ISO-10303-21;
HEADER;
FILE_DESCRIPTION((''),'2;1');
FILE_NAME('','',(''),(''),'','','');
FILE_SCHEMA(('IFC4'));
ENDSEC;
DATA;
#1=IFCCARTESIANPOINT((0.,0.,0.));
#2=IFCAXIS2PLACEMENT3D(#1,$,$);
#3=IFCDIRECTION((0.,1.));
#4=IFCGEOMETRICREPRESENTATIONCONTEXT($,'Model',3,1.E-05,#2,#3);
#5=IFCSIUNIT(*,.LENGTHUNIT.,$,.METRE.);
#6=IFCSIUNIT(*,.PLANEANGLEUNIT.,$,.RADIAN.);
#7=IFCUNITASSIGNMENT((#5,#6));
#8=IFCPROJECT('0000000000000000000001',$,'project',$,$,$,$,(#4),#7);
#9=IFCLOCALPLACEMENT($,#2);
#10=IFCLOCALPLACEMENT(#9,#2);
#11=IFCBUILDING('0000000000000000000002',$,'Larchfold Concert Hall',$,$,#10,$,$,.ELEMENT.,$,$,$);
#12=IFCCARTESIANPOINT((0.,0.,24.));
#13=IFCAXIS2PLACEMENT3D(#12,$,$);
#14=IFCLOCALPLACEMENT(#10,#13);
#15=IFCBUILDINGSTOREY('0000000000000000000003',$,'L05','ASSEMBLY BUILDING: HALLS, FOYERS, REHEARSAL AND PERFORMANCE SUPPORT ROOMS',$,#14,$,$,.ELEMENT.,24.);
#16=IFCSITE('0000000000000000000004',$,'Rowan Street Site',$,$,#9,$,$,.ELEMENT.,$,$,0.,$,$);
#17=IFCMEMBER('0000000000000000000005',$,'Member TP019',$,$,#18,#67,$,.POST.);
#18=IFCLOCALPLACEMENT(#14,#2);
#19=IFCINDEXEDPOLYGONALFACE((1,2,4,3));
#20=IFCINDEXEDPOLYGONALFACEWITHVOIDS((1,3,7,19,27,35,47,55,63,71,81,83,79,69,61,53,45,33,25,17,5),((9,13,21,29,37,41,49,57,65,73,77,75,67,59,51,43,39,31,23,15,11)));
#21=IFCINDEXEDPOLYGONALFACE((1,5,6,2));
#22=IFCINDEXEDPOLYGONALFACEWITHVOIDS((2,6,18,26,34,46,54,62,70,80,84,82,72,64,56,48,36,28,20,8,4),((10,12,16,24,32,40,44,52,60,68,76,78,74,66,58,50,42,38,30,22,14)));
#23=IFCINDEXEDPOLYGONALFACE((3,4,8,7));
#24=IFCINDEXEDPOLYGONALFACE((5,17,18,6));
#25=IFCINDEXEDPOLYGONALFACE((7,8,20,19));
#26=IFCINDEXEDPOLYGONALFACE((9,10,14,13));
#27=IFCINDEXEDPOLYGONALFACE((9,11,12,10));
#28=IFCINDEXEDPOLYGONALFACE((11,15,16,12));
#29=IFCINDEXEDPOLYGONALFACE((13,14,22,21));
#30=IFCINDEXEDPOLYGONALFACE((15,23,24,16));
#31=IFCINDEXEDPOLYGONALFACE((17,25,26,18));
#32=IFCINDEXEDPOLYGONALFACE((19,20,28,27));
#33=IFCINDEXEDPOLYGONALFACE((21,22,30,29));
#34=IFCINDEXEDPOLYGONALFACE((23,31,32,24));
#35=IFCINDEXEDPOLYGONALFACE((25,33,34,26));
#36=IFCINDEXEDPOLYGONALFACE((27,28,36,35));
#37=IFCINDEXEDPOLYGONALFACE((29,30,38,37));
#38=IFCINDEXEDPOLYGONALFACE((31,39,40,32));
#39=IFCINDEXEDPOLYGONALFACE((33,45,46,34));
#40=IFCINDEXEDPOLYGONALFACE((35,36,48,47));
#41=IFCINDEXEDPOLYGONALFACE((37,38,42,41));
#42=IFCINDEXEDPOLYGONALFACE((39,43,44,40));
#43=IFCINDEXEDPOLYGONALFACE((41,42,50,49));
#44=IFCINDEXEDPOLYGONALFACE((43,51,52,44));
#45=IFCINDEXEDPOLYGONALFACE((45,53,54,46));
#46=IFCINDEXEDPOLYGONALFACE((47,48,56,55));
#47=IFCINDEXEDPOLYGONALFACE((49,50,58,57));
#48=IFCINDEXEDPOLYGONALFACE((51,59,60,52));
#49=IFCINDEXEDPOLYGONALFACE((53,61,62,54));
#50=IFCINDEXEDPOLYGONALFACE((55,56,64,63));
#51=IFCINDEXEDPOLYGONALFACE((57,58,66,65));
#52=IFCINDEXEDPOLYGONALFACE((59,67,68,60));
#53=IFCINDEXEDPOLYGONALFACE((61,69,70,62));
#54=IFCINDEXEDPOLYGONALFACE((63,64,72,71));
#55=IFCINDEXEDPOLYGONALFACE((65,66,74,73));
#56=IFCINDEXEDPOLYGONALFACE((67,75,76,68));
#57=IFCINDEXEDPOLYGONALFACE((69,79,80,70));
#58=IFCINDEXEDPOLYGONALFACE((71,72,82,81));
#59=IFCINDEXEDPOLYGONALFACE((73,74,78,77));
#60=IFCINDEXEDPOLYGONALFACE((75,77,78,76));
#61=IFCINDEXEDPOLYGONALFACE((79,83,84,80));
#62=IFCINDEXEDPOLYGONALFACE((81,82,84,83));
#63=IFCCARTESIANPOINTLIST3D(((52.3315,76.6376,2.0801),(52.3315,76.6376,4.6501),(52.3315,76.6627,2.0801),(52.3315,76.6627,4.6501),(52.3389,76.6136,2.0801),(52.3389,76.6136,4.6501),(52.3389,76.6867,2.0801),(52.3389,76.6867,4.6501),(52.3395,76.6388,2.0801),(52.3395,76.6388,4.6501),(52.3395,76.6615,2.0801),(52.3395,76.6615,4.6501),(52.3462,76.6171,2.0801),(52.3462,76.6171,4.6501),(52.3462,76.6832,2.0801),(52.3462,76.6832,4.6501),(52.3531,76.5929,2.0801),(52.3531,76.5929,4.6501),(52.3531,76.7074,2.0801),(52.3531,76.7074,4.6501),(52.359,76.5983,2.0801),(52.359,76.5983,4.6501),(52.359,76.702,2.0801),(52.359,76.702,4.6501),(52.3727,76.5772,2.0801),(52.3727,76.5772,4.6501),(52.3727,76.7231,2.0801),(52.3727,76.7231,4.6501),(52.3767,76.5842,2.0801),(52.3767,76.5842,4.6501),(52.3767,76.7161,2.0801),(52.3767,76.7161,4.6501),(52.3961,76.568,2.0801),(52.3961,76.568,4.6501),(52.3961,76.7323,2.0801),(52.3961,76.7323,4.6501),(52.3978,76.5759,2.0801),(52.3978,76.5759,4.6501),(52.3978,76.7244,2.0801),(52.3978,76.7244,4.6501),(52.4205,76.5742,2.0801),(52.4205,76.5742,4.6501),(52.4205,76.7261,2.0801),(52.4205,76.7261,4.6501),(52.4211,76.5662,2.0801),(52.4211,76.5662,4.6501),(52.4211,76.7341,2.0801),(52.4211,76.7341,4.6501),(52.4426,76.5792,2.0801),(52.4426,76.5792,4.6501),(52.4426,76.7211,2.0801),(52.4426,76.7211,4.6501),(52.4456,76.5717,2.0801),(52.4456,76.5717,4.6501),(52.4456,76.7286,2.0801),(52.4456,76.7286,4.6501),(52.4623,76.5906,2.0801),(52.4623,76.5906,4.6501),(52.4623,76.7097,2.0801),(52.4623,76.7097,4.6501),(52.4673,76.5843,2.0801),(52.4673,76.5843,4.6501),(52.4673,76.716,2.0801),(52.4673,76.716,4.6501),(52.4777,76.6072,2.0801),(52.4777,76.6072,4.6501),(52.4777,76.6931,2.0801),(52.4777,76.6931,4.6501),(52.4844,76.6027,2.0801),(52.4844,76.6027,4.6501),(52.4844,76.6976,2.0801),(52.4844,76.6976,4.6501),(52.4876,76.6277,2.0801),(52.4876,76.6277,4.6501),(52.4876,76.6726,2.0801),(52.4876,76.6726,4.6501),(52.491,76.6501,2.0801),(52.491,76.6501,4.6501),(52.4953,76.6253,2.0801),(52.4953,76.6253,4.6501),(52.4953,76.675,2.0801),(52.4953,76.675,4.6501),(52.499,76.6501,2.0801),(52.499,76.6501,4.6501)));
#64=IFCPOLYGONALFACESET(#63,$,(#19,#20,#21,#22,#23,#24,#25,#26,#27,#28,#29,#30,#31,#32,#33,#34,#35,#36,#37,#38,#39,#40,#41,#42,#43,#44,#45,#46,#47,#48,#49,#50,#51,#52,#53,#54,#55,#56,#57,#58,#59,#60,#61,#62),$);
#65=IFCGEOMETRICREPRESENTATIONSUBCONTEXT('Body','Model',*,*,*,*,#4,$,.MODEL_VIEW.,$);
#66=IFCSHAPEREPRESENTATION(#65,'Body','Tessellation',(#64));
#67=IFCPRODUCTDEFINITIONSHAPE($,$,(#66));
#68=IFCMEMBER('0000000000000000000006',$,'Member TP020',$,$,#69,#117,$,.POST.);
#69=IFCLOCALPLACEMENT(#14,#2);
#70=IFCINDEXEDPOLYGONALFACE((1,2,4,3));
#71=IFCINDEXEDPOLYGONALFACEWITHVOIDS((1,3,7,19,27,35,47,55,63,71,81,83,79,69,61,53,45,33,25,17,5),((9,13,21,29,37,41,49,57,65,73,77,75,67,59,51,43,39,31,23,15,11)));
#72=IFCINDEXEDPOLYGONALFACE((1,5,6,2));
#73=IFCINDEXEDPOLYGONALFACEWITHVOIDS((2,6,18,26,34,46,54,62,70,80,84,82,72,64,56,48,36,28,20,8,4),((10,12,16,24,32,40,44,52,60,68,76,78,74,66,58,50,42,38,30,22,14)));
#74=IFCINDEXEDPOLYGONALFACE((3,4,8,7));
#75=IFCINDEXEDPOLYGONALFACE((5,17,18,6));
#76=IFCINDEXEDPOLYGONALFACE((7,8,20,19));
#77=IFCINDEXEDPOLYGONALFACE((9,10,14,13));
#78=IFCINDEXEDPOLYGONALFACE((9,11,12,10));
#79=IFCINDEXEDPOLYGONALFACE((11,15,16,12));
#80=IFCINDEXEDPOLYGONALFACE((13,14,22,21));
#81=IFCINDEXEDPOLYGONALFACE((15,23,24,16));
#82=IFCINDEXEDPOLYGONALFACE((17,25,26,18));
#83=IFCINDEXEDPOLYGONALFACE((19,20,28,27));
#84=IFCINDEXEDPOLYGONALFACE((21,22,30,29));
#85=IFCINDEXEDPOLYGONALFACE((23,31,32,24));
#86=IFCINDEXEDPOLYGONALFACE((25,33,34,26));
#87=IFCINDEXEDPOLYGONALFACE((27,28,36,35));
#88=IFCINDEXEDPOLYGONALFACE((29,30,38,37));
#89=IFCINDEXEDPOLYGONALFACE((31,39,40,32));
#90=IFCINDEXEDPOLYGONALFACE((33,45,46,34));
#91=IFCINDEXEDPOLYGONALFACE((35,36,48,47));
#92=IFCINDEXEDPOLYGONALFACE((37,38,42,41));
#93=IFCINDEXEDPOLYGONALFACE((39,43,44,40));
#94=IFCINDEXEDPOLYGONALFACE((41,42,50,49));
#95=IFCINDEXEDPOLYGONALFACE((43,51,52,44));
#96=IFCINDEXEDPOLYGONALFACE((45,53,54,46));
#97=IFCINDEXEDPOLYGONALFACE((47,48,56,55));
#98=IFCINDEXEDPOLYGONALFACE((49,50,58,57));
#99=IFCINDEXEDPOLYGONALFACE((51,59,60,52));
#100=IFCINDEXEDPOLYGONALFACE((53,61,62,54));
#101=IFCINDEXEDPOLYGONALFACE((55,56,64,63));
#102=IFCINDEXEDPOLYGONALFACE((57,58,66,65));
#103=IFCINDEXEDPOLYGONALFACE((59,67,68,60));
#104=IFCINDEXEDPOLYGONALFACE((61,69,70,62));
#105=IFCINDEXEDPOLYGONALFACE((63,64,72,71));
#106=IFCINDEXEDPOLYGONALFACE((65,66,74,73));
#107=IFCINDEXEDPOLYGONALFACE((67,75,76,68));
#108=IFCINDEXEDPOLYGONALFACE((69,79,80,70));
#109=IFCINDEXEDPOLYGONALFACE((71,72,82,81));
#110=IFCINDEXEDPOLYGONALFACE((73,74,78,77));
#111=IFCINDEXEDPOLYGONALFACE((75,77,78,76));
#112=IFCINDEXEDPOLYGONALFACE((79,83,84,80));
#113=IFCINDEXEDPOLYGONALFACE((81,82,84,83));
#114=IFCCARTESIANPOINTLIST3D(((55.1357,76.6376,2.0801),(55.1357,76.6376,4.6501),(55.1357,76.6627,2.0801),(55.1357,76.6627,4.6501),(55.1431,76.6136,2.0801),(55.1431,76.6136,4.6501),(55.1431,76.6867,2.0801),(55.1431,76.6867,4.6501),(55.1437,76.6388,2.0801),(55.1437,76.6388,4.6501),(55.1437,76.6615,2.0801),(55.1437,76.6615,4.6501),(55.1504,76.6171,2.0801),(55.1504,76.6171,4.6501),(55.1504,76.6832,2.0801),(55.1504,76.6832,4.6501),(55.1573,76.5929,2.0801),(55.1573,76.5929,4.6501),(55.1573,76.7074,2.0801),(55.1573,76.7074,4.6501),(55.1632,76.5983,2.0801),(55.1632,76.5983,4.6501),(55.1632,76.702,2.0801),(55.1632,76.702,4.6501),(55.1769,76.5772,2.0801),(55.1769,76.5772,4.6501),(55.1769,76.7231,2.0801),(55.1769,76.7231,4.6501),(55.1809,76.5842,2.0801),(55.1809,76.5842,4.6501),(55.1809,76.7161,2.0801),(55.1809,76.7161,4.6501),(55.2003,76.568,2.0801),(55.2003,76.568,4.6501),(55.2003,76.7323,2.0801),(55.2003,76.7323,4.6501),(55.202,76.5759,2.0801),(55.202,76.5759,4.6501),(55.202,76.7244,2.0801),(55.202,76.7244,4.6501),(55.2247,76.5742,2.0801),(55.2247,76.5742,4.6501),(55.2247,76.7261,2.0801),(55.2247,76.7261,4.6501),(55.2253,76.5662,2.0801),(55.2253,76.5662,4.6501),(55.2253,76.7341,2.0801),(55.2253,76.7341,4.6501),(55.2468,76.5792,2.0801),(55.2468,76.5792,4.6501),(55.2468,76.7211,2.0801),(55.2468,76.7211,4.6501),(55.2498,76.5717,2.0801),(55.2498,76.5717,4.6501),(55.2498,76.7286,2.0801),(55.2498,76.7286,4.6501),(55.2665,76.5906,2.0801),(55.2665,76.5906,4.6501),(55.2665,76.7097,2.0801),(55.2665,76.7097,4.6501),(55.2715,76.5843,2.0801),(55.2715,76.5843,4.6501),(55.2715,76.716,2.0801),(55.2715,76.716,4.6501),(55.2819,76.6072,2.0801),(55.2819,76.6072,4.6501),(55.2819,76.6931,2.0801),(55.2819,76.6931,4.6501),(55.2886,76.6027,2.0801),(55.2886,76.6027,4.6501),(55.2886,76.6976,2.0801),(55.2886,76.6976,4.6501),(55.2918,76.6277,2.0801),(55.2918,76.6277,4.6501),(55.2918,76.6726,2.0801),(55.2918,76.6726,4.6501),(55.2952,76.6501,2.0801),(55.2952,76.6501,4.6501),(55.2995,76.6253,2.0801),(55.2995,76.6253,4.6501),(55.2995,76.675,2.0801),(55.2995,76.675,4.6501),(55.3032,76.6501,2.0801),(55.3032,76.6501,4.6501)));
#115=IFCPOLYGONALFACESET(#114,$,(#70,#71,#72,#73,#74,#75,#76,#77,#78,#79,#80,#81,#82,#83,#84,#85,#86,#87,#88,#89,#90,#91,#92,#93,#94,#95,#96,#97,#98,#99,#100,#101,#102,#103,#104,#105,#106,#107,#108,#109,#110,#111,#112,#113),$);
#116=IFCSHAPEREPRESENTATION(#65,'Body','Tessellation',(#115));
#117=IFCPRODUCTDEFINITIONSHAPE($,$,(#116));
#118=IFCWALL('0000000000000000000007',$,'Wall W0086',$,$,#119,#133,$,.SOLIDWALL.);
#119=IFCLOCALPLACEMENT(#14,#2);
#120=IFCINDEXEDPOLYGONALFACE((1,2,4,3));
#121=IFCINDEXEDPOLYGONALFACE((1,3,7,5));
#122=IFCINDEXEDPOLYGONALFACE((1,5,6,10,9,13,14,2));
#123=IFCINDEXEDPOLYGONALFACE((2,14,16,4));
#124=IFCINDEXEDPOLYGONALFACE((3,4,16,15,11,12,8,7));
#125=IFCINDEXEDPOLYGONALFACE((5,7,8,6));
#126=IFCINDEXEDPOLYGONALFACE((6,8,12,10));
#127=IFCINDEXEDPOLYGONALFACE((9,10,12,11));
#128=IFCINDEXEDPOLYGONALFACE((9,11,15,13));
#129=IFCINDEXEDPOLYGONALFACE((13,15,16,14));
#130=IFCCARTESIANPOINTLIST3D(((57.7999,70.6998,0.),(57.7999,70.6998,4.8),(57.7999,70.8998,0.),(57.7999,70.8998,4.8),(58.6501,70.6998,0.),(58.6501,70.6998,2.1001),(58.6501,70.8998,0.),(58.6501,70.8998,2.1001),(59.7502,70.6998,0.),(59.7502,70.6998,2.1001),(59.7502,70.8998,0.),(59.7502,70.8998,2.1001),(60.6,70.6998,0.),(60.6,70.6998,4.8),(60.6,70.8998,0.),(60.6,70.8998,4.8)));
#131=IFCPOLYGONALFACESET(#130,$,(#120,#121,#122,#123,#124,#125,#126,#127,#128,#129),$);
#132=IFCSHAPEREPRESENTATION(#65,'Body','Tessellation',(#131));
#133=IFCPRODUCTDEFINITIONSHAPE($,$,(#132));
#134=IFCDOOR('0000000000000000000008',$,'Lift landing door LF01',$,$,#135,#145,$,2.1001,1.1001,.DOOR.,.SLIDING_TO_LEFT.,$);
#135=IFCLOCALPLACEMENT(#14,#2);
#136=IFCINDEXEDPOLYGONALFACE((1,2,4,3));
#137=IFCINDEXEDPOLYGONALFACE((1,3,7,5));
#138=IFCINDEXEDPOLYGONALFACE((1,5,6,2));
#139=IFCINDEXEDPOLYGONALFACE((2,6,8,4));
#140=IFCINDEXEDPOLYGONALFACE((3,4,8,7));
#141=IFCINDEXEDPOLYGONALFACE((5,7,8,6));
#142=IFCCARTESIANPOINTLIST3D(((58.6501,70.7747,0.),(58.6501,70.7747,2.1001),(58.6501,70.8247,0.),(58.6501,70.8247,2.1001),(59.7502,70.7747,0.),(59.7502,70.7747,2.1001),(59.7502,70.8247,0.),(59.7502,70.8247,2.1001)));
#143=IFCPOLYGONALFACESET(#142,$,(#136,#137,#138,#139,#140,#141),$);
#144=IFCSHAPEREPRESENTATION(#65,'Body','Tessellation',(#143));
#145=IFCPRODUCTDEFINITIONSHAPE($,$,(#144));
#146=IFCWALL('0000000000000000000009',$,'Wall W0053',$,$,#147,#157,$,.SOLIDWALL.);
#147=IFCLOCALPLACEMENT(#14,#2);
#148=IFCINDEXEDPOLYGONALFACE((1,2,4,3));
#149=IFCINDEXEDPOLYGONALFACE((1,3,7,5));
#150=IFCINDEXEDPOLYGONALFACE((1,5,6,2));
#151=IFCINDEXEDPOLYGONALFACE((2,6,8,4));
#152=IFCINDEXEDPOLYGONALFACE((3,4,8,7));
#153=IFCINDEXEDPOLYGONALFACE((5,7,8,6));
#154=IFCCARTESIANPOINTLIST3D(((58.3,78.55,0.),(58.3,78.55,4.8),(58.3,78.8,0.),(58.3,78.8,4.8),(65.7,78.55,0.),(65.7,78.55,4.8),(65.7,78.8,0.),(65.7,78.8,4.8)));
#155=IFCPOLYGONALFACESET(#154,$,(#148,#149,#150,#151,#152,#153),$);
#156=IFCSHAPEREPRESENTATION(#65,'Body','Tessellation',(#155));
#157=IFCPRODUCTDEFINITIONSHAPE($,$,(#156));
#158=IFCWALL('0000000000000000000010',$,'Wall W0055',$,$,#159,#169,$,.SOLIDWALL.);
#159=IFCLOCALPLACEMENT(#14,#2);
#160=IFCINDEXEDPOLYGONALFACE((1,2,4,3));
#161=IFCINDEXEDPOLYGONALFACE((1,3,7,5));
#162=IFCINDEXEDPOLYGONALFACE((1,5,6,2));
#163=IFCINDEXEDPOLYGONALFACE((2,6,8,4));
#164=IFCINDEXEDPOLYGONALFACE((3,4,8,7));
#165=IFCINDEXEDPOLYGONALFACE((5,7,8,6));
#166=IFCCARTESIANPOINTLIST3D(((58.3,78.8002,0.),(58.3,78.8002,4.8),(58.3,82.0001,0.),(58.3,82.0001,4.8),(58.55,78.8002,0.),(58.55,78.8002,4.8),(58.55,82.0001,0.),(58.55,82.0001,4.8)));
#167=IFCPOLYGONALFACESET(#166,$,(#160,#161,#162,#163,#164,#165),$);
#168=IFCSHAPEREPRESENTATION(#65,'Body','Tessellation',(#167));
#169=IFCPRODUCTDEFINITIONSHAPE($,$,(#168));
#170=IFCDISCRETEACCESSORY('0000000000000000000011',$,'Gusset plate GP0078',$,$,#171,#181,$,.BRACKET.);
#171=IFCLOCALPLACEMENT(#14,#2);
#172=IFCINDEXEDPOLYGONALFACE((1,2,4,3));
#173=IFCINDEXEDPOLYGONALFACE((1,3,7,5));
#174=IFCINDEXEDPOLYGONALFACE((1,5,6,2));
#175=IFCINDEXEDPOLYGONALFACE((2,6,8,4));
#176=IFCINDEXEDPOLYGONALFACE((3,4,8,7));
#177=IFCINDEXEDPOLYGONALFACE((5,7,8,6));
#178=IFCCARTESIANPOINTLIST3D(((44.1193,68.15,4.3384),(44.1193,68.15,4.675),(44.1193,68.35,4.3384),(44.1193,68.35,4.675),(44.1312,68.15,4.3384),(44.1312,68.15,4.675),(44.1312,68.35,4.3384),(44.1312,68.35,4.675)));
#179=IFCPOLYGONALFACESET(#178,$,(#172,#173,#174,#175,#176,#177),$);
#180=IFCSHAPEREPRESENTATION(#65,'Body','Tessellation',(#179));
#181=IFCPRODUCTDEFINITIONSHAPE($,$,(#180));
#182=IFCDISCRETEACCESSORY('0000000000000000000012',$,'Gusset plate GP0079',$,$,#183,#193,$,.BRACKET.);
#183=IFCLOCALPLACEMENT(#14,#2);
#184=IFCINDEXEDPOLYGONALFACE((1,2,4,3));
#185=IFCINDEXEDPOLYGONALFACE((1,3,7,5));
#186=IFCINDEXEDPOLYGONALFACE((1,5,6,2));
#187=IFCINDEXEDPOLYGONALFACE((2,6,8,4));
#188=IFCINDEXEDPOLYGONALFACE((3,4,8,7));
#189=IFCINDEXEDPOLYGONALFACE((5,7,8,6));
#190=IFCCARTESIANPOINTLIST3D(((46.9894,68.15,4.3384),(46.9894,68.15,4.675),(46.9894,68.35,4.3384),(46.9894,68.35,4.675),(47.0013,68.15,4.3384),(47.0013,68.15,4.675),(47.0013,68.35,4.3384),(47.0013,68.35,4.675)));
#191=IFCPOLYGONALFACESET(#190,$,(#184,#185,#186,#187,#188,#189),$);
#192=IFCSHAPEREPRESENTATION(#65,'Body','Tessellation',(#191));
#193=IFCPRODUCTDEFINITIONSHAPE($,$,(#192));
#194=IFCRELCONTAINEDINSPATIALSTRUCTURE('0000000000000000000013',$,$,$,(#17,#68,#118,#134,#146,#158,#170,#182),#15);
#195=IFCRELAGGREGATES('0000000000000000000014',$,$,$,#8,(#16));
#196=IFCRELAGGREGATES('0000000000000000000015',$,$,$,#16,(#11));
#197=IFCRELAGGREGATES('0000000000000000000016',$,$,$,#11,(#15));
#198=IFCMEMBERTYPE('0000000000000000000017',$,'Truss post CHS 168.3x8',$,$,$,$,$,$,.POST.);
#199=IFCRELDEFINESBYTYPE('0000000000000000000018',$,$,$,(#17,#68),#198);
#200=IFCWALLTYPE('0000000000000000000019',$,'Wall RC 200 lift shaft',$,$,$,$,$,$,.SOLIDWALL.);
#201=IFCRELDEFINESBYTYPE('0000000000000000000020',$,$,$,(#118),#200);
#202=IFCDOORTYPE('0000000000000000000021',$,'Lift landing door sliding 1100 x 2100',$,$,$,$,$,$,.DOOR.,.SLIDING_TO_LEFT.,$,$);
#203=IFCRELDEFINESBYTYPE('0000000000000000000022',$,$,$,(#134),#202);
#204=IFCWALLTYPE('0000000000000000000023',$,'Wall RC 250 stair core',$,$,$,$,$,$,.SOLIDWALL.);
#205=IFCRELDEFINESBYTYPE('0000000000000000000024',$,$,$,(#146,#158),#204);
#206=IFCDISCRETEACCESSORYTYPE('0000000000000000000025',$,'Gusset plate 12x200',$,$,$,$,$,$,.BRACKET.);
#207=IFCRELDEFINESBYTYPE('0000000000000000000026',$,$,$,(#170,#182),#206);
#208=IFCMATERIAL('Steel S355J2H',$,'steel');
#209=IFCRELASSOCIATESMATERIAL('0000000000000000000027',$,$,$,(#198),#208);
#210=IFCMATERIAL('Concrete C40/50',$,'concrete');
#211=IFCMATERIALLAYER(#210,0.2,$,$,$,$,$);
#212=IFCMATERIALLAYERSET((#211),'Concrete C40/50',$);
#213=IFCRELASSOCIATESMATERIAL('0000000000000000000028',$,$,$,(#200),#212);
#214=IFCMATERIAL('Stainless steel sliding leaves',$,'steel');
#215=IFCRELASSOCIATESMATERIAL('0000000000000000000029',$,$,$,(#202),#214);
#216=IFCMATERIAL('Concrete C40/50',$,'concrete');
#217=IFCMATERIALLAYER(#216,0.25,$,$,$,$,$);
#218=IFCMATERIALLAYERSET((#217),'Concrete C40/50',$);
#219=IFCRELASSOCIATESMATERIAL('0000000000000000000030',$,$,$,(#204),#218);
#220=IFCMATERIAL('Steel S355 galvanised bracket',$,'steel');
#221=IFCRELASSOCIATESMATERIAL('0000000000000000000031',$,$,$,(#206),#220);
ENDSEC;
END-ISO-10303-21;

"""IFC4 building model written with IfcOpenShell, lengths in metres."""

from ifc_helpers import new_model, si_unit, direction, frame, frame_2d, origin, origin_2d, place, context, subcontext, project, spatial, rectangle, hollow_circle, extrude, material, layer, layer_set, material_profile, profile_set, type_object, element, fill, save


model = new_model("IFC4")

# Units and contexts
model_context = context("Model", 3, precision=1e-05, world=origin(), true_north=direction((0.0, 1.0)))
body_context = subcontext(model_context, "Body", "Model", "MODEL_VIEW")
ifc_project = project(units=[si_unit("LENGTHUNIT", "METRE"), si_unit("PLANEANGLEUNIT", "RADIAN")], contexts=[model_context])

# Site, building, storey
site_placement = place(None, origin())
site = spatial("IfcSite", under=ifc_project, at=site_placement, Name="Rowan Street Site", CompositionType="ELEMENT", RefElevation=0.0)
building_placement = place(site_placement, origin())
building = spatial("IfcBuilding", under=site, at=building_placement, Name="Larchfold Concert Hall", CompositionType="ELEMENT")
storey_placement = place(building_placement, frame((0.0, 0.0, 24.0)))
storey = spatial("IfcBuildingStorey", under=building, at=storey_placement, Name="L05", Description="ASSEMBLY BUILDING: HALLS, FOYERS, REHEARSAL AND PERFORMANCE SUPPORT ROOMS", CompositionType="ELEMENT", Elevation=24.0)

# Members
ifc_material_1 = material(Name="Steel S355J2H", Category="steel")
ifc_material_profile_1 = material_profile(ifc_material_1, hollow_circle(Radius=0.0842, WallThickness=0.0081, at=origin_2d()))
ifc_profile_set_1 = profile_set([ifc_material_profile_1], Name="Steel S355J2H")
member_type = type_object("IfcMemberType", Name="Truss post CHS 168.3x8", PredefinedType="POST", material=ifc_profile_set_1)
for number, where, z_axis, x_axis, name in (
    (1, (52.4148, 76.6501, 2.0801), (0.0, 0.0, 1.0), (1.0, 0.0, 0.0), "Member TP019"),
    (2, (55.219, 76.6501, 2.0801), (0.0, 0.0, 1.0), (1.0, 0.0, 0.0), "Member TP020"),
):
    element("IfcMember", number, at=place(storey_placement, frame(where, z_axis=z_axis, x_axis=x_axis)), inside=storey, type_object=member_type, Name=name, PredefinedType="POST", context=body_context, shape_type="SweptSolid", body=[
        extrude(hollow_circle(Radius=0.0842, WallThickness=0.0081, at=origin_2d()), origin(), (0.0, 0.0, 1.0), 2.5701),
    ])

# Wall, opening, door
ifc_material_2 = material(Name="Concrete C40/50", Category="concrete")
ifc_layer_1 = layer(ifc_material_2, 0.2)
ifc_layer_set_1 = layer_set([ifc_layer_1], Name="Concrete C40/50")
wall_type_1 = type_object("IfcWallType", Name="Wall RC 200 lift shaft", PredefinedType="SOLIDWALL", material=ifc_layer_set_1)
wall_1_placement = place(storey_placement, frame((57.8, 70.7998, 0.0), z_axis=(0.0, 0.0, 1.0), x_axis=(1.0, 0.0, 0.0)))
wall_1 = element("IfcWall", 3, at=wall_1_placement, inside=storey, type_object=wall_type_1, Name="Wall W0086", PredefinedType="SOLIDWALL", context=body_context, shape_type="SweptSolid", body=[
    extrude(rectangle(XDim=2.8, YDim=0.2, at=frame_2d((1.3999, 0.0))), origin(), (0.0, 0.0, 1.0), 4.8),
])
opening_placement = place(wall_1_placement, frame((0.8501, 0.0, 0.0)))
opening = element("IfcOpeningElement", 4, at=opening_placement, cuts=wall_1, PredefinedType="OPENING", context=body_context, shape_type="SweptSolid", body=[
    extrude(rectangle(XDim=1.1001, YDim=2.1001, at=frame_2d((0.55, 1.05))), frame((0.0, 0.1099, 0.0), z_axis=(0.0, -1.0, 0.0), x_axis=(1.0, 0.0, 0.0)), (0.0, 0.0, 1.0), 0.22),
])
ifc_material_3 = material(Name="Stainless steel sliding leaves", Category="steel")
door_type = type_object("IfcDoorType", Name="Lift landing door sliding 1100 x 2100", OperationType="SLIDING_TO_LEFT", PredefinedType="DOOR", material=ifc_material_3)
door_placement = place(opening_placement, origin())
door = element("IfcDoor", 5, at=door_placement, inside=storey, type_object=door_type, Name="Lift landing door LF01", OperationType="SLIDING_TO_LEFT", OverallHeight=2.1001, OverallWidth=1.1001, PredefinedType="DOOR", context=body_context, shape_type="SweptSolid", body=[
    extrude(rectangle(XDim=1.1001, YDim=2.1001, at=frame_2d((0.55, 1.05))), frame((0.0, 0.0249, 0.0), z_axis=(0.0, -1.0, 0.0), x_axis=(1.0, 0.0, 0.0)), (0.0, 0.0, 1.0), 0.05),
])
fill(opening, door)

# Walls
ifc_material_4 = material(Name="Concrete C40/50", Category="concrete")
ifc_layer_2 = layer(ifc_material_4, 0.25)
ifc_layer_set_2 = layer_set([ifc_layer_2], Name="Concrete C40/50")
wall_type_2 = type_object("IfcWallType", Name="Wall RC 250 stair core", PredefinedType="SOLIDWALL", material=ifc_layer_set_2)
wall_2_placement = place(storey_placement, frame((58.3, 78.675, 0.0), z_axis=(0.0, 0.0, 1.0), x_axis=(1.0, 0.0, 0.0)))
element("IfcWall", 6, at=wall_2_placement, inside=storey, type_object=wall_type_2, Name="Wall W0053", PredefinedType="SOLIDWALL", context=body_context, shape_type="SweptSolid", body=[
    extrude(rectangle(XDim=7.3999, YDim=0.25, at=frame_2d((3.7, 0.0))), origin(), (0.0, 0.0, 1.0), 4.8),
])
wall_3_placement = place(storey_placement, frame((58.425, 78.8, 0.0), z_axis=(0.0, 0.0, 1.0), x_axis=(0.0, 1.0, 0.0)))
element("IfcWall", 7, at=wall_3_placement, inside=storey, type_object=wall_type_2, Name="Wall W0055", PredefinedType="SOLIDWALL", context=body_context, shape_type="SweptSolid", body=[
    extrude(rectangle(XDim=3.2, YDim=0.25, at=frame_2d((1.6001, 0.0))), origin(), (0.0, 0.0, 1.0), 4.8),
])

# Discrete accessories
ifc_material_5 = material(Name="Steel S355 galvanised bracket", Category="steel")
ifc_material_profile_2 = material_profile(ifc_material_5, rectangle(XDim=0.012, YDim=0.2, at=origin_2d()))
ifc_profile_set_2 = profile_set([ifc_material_profile_2], Name="Steel S355 galvanised bracket")
discrete_accessory_type_1 = type_object("IfcDiscreteAccessoryType", Name="Gusset plate 12x200", PredefinedType="BRACKET", material=ifc_profile_set_2)
for number, where, z_axis, x_axis, name in (
    (8, (44.1252, 68.25, 4.3384), (0.0, 0.0, 1.0), (1.0, 0.0, 0.0), "Gusset plate GP0078"),
    (9, (46.9954, 68.25, 4.3384), (0.0, 0.0, 1.0), (1.0, 0.0, 0.0), "Gusset plate GP0079"),
):
    element("IfcDiscreteAccessory", number, at=place(storey_placement, frame(where, z_axis=z_axis, x_axis=x_axis)), inside=storey, type_object=discrete_accessory_type_1, Name=name, PredefinedType="BRACKET", context=body_context, shape_type="SweptSolid", body=[
        extrude(rectangle(XDim=0.012, YDim=0.2, at=origin_2d()), origin(), (0.0, 0.0, 1.0), 0.3367),
    ])

save(model, "model.ifc")
